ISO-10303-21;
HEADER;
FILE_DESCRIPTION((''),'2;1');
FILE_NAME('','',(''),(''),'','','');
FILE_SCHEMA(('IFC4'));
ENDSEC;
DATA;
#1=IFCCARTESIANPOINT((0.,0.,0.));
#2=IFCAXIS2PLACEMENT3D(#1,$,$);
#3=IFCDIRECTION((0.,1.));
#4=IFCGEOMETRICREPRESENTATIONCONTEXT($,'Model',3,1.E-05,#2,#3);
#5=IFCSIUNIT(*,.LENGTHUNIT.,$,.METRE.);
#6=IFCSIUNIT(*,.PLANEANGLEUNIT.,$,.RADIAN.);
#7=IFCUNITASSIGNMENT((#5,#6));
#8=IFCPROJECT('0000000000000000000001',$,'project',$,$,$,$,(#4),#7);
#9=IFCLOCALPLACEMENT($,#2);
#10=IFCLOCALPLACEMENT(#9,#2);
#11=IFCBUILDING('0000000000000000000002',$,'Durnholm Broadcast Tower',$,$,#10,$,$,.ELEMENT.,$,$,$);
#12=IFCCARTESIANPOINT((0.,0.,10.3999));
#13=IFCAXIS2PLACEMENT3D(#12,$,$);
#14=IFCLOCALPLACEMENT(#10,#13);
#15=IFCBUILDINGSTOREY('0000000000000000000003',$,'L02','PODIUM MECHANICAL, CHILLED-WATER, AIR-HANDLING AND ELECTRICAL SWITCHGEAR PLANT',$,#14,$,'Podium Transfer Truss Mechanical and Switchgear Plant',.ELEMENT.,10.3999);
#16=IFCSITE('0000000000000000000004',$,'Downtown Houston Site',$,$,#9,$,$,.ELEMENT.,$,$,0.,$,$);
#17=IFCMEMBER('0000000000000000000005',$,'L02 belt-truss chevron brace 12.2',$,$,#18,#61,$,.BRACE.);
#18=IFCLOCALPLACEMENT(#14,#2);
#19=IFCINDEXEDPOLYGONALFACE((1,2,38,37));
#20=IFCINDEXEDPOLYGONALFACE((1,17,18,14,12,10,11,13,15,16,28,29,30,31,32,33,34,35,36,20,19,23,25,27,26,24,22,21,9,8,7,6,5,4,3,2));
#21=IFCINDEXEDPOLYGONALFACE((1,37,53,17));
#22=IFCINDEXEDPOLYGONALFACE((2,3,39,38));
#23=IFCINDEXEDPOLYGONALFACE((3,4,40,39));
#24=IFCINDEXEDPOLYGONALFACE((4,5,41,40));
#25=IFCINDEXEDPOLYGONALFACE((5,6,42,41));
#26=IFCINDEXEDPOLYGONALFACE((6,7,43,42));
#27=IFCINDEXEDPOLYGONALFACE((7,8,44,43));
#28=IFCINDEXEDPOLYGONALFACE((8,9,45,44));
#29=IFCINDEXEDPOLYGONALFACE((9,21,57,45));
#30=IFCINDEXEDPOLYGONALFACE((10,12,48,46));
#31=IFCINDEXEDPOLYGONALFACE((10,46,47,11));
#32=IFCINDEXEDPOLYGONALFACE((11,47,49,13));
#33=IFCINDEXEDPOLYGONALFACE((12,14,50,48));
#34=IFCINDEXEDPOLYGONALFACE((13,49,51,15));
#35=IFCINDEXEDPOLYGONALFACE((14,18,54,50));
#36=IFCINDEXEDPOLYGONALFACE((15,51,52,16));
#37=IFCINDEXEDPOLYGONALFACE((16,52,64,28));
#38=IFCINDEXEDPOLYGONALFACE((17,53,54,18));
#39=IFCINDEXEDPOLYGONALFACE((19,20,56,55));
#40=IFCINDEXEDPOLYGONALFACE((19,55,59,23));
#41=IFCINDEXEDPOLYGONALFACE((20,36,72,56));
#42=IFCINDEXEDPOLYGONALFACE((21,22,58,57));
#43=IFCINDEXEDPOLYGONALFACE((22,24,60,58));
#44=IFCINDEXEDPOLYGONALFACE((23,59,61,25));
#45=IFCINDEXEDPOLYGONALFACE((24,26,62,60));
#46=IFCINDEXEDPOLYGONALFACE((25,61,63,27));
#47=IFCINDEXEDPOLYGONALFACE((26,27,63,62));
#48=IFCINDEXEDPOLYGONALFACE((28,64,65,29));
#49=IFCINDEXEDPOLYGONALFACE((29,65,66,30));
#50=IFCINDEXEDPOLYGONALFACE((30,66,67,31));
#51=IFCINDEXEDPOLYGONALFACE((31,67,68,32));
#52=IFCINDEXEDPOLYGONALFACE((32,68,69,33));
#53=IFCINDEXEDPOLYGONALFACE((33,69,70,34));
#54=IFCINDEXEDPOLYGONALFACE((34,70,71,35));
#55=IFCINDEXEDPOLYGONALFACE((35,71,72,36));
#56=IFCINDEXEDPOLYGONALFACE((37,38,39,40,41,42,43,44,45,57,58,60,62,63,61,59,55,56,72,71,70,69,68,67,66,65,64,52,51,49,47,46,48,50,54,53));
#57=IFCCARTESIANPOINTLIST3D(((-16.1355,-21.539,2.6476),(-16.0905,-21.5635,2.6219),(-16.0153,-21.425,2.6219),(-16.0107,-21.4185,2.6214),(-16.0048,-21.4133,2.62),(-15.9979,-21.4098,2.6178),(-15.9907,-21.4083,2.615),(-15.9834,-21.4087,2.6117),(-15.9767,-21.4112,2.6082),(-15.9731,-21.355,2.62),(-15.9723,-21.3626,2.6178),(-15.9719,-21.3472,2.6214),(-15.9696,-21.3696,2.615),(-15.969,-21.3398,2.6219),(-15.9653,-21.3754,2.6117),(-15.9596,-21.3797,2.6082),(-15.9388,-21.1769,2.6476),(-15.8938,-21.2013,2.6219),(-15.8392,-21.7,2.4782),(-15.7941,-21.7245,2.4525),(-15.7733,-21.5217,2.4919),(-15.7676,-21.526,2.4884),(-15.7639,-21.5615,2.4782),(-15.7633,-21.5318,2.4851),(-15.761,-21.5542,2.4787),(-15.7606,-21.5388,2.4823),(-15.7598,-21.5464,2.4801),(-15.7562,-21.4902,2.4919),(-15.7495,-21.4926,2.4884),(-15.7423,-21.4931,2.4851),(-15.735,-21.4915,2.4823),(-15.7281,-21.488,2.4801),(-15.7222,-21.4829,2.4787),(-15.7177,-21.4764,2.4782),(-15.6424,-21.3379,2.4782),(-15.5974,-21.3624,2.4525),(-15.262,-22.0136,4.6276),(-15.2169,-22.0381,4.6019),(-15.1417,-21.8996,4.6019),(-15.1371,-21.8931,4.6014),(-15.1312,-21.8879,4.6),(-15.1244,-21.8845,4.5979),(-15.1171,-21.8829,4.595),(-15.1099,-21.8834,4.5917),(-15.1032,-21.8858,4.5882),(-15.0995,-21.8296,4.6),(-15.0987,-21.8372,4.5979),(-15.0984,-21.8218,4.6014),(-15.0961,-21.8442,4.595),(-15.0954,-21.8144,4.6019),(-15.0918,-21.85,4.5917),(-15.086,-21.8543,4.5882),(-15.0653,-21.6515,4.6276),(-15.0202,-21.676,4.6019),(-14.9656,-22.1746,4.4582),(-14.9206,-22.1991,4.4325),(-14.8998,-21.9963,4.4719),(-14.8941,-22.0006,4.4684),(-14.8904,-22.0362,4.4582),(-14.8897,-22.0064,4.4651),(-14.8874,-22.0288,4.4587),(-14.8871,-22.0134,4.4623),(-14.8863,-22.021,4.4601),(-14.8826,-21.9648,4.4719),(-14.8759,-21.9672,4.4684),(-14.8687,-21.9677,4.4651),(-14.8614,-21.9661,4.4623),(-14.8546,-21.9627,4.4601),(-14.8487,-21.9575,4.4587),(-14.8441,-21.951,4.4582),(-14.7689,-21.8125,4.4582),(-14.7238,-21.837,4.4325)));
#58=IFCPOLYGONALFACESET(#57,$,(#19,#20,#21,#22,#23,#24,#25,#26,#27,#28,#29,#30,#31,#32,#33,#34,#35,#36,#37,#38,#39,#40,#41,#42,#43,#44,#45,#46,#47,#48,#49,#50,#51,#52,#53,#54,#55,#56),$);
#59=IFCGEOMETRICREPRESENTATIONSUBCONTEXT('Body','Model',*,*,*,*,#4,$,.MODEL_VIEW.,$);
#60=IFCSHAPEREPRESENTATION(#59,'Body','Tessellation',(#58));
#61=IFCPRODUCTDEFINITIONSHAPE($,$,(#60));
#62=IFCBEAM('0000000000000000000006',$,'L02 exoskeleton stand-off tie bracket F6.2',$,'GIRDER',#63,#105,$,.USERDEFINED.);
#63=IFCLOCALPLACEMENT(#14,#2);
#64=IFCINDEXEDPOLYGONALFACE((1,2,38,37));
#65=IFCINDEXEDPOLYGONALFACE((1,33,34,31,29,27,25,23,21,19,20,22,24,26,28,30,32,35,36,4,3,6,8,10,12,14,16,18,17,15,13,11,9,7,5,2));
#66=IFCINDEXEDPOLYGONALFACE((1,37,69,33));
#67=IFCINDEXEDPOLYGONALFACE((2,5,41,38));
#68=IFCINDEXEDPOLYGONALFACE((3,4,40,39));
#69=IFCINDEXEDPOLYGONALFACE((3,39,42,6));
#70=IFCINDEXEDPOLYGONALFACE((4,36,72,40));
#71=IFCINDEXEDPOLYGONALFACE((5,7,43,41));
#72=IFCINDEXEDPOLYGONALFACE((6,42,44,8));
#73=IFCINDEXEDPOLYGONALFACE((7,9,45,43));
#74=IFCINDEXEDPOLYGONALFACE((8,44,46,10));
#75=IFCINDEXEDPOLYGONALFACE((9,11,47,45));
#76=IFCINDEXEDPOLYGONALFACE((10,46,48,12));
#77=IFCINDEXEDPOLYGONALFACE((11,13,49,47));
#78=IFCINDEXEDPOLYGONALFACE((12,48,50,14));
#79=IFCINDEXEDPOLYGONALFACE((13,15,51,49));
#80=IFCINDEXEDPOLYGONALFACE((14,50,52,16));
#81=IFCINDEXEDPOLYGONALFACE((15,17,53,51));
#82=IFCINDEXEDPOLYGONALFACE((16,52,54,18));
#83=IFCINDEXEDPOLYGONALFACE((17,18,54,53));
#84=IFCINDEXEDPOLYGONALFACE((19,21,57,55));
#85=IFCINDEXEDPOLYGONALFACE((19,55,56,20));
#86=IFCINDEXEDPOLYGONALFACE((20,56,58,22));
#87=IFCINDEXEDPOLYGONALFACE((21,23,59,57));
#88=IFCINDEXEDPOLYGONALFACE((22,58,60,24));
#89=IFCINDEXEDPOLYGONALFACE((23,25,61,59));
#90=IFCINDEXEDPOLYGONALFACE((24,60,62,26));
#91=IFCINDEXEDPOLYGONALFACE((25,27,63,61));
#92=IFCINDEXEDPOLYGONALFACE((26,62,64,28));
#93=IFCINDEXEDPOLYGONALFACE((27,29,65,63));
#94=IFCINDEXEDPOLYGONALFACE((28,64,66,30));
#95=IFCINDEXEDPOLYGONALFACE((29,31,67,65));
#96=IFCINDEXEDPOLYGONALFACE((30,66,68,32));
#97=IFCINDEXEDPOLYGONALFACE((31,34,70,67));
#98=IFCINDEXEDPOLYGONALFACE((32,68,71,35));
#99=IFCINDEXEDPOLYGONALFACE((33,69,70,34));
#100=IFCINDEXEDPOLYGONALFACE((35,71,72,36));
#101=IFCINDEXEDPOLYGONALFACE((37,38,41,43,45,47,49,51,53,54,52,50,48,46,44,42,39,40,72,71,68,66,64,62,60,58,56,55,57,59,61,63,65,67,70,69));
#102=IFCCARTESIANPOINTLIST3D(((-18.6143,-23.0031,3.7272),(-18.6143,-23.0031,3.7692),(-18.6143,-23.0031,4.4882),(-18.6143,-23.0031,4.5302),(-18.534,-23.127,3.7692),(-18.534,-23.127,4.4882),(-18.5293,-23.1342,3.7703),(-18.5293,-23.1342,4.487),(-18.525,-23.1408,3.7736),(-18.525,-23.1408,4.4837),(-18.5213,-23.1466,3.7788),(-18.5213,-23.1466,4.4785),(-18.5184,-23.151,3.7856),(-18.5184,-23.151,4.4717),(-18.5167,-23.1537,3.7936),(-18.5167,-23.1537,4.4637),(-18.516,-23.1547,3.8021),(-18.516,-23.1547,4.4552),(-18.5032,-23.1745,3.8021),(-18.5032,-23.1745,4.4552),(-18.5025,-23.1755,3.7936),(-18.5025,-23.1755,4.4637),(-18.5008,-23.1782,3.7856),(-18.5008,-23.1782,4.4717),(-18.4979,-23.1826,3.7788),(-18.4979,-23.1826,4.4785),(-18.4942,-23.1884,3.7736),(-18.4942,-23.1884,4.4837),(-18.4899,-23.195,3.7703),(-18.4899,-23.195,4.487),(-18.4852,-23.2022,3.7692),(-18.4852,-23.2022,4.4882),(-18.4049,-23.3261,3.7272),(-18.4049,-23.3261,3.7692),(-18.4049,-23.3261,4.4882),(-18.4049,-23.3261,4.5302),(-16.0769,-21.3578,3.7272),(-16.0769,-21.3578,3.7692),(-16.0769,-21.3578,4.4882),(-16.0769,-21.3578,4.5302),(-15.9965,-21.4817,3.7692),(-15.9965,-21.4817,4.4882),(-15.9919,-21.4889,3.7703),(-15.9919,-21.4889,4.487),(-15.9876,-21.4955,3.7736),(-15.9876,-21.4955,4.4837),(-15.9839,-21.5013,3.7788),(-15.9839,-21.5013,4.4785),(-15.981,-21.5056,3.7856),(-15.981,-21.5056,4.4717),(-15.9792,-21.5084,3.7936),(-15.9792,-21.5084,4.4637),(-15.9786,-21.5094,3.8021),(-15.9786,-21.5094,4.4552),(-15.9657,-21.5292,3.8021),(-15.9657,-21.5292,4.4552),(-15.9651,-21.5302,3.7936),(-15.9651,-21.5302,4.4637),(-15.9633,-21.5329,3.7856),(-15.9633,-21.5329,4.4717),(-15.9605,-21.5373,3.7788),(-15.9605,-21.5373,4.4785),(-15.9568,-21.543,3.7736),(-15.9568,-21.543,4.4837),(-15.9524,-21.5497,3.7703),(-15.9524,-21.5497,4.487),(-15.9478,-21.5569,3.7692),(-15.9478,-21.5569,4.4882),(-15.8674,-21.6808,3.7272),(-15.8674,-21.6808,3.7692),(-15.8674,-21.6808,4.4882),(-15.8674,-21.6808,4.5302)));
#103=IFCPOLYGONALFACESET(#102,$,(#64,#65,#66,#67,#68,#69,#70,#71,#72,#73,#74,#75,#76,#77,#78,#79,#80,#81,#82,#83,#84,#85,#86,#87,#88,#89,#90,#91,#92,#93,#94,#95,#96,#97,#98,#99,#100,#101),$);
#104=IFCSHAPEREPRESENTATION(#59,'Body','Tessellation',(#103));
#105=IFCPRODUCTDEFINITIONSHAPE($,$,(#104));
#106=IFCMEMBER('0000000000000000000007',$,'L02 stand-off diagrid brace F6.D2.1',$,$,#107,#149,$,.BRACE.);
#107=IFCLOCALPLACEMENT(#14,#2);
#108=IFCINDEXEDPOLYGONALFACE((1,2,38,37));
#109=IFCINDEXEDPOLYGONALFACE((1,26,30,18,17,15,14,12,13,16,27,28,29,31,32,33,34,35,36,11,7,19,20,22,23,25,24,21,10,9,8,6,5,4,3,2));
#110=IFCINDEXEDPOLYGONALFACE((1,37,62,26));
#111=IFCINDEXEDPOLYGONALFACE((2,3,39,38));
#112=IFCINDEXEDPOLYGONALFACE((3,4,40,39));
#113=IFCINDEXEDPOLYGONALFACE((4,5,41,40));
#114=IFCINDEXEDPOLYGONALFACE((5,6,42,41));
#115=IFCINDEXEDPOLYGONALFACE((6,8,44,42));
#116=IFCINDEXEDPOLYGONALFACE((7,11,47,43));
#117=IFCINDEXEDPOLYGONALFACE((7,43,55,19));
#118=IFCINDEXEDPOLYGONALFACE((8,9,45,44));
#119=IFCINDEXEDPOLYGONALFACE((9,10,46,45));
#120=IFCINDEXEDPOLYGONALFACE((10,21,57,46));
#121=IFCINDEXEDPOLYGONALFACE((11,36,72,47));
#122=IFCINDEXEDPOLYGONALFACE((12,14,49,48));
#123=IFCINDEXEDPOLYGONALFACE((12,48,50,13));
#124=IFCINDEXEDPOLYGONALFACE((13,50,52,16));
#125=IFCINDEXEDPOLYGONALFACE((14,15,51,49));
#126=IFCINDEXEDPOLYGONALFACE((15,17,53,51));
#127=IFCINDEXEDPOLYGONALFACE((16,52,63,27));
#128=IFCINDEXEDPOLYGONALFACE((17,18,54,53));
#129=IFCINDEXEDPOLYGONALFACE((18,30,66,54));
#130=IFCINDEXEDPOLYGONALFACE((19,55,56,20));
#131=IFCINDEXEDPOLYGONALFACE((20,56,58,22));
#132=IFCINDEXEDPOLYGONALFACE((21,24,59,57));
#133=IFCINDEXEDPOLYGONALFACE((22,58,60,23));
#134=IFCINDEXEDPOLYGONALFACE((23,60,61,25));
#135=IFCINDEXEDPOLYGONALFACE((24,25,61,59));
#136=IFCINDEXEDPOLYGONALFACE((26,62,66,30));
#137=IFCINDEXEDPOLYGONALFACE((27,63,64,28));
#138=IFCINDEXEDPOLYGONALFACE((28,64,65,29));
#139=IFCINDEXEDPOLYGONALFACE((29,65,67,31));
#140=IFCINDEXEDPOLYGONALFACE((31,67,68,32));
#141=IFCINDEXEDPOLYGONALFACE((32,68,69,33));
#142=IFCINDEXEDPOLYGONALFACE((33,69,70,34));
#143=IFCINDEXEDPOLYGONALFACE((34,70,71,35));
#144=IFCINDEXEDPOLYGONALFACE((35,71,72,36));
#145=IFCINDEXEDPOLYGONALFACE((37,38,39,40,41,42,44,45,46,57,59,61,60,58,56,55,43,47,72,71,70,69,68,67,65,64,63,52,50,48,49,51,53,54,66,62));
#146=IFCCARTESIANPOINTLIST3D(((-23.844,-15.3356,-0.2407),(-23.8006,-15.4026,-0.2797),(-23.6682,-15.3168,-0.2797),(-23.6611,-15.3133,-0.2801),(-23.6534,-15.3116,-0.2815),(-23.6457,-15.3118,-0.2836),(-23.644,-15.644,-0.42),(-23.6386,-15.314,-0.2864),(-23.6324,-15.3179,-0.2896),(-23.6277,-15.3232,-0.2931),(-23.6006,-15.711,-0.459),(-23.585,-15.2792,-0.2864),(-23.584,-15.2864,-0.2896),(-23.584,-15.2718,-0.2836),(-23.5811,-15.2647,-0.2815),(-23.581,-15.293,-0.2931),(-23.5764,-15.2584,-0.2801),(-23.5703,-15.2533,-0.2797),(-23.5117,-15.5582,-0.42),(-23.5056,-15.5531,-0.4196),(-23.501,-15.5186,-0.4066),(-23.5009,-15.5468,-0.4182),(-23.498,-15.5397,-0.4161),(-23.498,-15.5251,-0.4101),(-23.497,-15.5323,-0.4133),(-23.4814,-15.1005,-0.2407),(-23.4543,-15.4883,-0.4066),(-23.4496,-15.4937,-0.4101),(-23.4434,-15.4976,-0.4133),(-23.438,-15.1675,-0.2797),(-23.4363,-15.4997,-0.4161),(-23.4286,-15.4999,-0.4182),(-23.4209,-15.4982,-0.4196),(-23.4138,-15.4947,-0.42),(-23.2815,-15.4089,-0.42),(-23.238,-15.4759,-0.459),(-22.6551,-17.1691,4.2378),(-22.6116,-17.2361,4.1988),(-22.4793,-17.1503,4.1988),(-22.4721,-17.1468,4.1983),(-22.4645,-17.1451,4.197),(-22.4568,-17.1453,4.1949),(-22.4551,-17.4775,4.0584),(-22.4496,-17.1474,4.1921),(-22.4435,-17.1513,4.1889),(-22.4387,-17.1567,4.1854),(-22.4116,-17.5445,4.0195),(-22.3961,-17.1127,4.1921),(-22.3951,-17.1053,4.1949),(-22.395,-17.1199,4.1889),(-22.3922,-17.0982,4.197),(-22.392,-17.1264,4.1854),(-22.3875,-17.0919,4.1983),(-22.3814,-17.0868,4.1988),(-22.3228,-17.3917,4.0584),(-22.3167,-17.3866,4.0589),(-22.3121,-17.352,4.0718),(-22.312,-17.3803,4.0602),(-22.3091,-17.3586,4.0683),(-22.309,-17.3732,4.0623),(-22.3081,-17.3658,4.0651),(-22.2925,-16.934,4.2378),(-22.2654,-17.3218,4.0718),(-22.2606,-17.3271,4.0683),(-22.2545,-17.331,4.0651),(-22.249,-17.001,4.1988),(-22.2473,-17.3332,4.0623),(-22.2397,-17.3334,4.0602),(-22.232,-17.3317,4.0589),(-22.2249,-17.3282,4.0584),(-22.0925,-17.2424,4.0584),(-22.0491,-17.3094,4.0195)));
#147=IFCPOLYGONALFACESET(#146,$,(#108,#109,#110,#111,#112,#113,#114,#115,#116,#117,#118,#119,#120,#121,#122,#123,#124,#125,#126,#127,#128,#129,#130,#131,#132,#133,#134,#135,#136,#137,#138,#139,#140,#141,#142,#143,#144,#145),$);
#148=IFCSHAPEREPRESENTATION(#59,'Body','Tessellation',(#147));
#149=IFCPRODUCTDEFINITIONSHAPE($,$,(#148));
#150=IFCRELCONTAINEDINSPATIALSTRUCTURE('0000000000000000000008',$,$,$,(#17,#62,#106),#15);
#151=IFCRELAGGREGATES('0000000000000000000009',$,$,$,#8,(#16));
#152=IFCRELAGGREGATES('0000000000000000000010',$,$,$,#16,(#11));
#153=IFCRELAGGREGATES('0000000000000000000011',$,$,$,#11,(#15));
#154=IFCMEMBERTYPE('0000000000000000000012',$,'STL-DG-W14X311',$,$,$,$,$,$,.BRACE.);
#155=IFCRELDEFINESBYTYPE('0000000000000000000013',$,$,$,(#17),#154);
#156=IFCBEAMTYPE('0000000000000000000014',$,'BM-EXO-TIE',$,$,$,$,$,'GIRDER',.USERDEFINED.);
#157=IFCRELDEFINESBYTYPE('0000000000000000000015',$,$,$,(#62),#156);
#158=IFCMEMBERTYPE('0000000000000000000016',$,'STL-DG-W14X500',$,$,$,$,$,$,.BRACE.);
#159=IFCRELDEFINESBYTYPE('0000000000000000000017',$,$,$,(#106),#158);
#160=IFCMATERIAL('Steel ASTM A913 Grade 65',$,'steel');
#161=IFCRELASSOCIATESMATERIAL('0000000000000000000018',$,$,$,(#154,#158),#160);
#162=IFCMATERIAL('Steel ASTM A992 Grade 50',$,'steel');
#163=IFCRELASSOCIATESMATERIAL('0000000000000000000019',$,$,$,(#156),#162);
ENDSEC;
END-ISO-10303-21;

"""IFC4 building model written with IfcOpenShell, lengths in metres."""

from ifc_helpers import new_model, si_unit, direction, frame, origin, origin_2d, place, context, subcontext, project, spatial, i_section, extrude, source, transform, mapped, material, material_profile, profile_set, type_object, type_shapes, element, save


model = new_model("IFC4")

# Units and contexts
model_context = context("Model", 3, precision=1e-05, world=origin(), true_north=direction((0.0, 1.0)))
body_context = subcontext(model_context, "Body", "Model", "MODEL_VIEW")
ifc_project = project(units=[si_unit("LENGTHUNIT", "METRE"), si_unit("PLANEANGLEUNIT", "RADIAN")], contexts=[model_context])

# Site, building, storey
site_placement = place(None, origin())
site = spatial("IfcSite", under=ifc_project, at=site_placement, Name="Downtown Houston Site", CompositionType="ELEMENT", RefElevation=0.0)
building_placement = place(site_placement, origin())
building = spatial("IfcBuilding", under=site, at=building_placement, Name="Durnholm Broadcast Tower", CompositionType="ELEMENT")
storey_placement = place(building_placement, frame((0.0, 0.0, 10.3999)))
storey = spatial("IfcBuildingStorey", under=building, at=storey_placement, Name="L02", Description="PODIUM MECHANICAL, CHILLED-WATER, AIR-HANDLING AND ELECTRICAL SWITCHGEAR PLANT", LongName="Podium Transfer Truss Mechanical and Switchgear Plant", CompositionType="ELEMENT", Elevation=10.3999)

# Shared definitions
ifc_material_1 = material(Name="Steel ASTM A913 Grade 65", Category="steel")

# Shared definitions
ifc_material_2 = material(Name="Steel ASTM A992 Grade 50", Category="steel")

# Member
ifc_material_profile_1 = material_profile(ifc_material_1, i_section(OverallWidth=0.4121, OverallDepth=0.4348, WebThickness=0.0359, FlangeThickness=0.0574, FilletRadius=0.0305, at=origin_2d()), Name="W14X311")
ifc_profile_set_1 = profile_set([ifc_material_profile_1], Name="Steel ASTM A913 Grade 65")
member_type_1 = type_object("IfcMemberType", Name="STL-DG-W14X311", PredefinedType="BRACE", material=ifc_profile_set_1)
shared_shape_1 = source(origin(), body_context, "Body", "SweptSolid", [
    extrude(i_section(OverallWidth=0.4121, OverallDepth=0.4348, WebThickness=0.0359, FlangeThickness=0.0574, FilletRadius=0.0305, at=origin_2d()), origin(), (0.0, 0.0, 1.0), 2.2156),
])
type_shapes(member_type_1, [shared_shape_1])
member_1_placement = place(storey_placement, frame((-15.8665, -21.4507, 2.55), z_axis=(0.394275, -0.214218, 0.893676), x_axis=(0.477406, 0.878683, 0.0)))
element("IfcMember", 1, at=member_1_placement, inside=storey, type_object=member_type_1, Name="L02 belt-truss chevron brace 12.2", PredefinedType="BRACE", context=body_context, shape_type="MappedRepresentation", body=[
    mapped(shared_shape_1, transform((0.0, 0.0, 0.0), x_axis=(1.0, 0.0, 0.0), y_axis=(0.0, 1.0, 0.0), z_axis=(0.0, 0.0, 1.0), scale=1.0)),
])

# Beam
ifc_material_profile_2 = material_profile(ifc_material_2, i_section(OverallWidth=0.385, OverallDepth=0.803, WebThickness=0.0237, FlangeThickness=0.042, FilletRadius=0.033, at=origin_2d()), Name="W30X261")
ifc_profile_set_2 = profile_set([ifc_material_profile_2], Name="Steel ASTM A992 Grade 50")
beam_type_1 = type_object("IfcBeamType", Name="BM-EXO-TIE", ElementType="GIRDER", PredefinedType="USERDEFINED", material=ifc_profile_set_2)
shared_shape_2 = source(origin(), body_context, "Body", "SweptSolid", [
    extrude(i_section(OverallWidth=0.385, OverallDepth=0.803, WebThickness=0.0237, FlangeThickness=0.042, FilletRadius=0.033, at=origin_2d()), origin(), (0.0, 0.0, 1.0), 3.0242),
])
type_shapes(beam_type_1, [shared_shape_2])
beam_1_placement = place(storey_placement, frame((-15.9722, -21.5193, 4.1287), z_axis=(-0.83905, -0.544054, 0.0), x_axis=(0.544054, -0.83905, 0.0)))
element("IfcBeam", 2, at=beam_1_placement, inside=storey, type_object=beam_type_1, Name="L02 exoskeleton stand-off tie bracket F6.2", ObjectType="GIRDER", PredefinedType="USERDEFINED", context=body_context, shape_type="MappedRepresentation", body=[
    mapped(shared_shape_2, transform((0.0, 0.0, 0.0), x_axis=(1.0, 0.0, 0.0), y_axis=(0.0, 1.0, 0.0), z_axis=(0.0, 0.0, 1.0), scale=1.0)),
])

# Member
ifc_material_profile_3 = material_profile(ifc_material_1, i_section(OverallWidth=0.4321, OverallDepth=0.4978, WebThickness=0.0557, FlangeThickness=0.0889, FilletRadius=0.0305, at=origin_2d()), Name="W14X500")
ifc_profile_set_3 = profile_set([ifc_material_profile_3], Name="Steel ASTM A913 Grade 65")
member_type_2 = type_object("IfcMemberType", Name="STL-DG-W14X500", PredefinedType="BRACE", material=ifc_profile_set_3)
shared_shape_3 = source(origin(), body_context, "Body", "SweptSolid", [
    extrude(i_section(OverallWidth=0.4321, OverallDepth=0.4978, WebThickness=0.0557, FlangeThickness=0.0889, FilletRadius=0.0305, at=origin_2d()), origin(), (0.0, 0.0, 1.0), 4.9832),
])
member_2_placement = place(storey_placement, frame((-23.541, -15.4058, -0.3499), z_axis=(0.238594, -0.367934, 0.89872), x_axis=(0.83903, 0.544085, 0.0)))
element("IfcMember", 3, at=member_2_placement, inside=storey, type_object=member_type_2, Name="L02 stand-off diagrid brace F6.D2.1", PredefinedType="BRACE", context=body_context, shape_type="MappedRepresentation", body=[
    mapped(shared_shape_3, transform((0.0, 0.0, 0.0), x_axis=(1.0, 0.0, 0.0), y_axis=(0.0, 1.0, 0.0), z_axis=(0.0, 0.0, 1.0), scale=1.0)),
])

save(model, "model.ifc")
